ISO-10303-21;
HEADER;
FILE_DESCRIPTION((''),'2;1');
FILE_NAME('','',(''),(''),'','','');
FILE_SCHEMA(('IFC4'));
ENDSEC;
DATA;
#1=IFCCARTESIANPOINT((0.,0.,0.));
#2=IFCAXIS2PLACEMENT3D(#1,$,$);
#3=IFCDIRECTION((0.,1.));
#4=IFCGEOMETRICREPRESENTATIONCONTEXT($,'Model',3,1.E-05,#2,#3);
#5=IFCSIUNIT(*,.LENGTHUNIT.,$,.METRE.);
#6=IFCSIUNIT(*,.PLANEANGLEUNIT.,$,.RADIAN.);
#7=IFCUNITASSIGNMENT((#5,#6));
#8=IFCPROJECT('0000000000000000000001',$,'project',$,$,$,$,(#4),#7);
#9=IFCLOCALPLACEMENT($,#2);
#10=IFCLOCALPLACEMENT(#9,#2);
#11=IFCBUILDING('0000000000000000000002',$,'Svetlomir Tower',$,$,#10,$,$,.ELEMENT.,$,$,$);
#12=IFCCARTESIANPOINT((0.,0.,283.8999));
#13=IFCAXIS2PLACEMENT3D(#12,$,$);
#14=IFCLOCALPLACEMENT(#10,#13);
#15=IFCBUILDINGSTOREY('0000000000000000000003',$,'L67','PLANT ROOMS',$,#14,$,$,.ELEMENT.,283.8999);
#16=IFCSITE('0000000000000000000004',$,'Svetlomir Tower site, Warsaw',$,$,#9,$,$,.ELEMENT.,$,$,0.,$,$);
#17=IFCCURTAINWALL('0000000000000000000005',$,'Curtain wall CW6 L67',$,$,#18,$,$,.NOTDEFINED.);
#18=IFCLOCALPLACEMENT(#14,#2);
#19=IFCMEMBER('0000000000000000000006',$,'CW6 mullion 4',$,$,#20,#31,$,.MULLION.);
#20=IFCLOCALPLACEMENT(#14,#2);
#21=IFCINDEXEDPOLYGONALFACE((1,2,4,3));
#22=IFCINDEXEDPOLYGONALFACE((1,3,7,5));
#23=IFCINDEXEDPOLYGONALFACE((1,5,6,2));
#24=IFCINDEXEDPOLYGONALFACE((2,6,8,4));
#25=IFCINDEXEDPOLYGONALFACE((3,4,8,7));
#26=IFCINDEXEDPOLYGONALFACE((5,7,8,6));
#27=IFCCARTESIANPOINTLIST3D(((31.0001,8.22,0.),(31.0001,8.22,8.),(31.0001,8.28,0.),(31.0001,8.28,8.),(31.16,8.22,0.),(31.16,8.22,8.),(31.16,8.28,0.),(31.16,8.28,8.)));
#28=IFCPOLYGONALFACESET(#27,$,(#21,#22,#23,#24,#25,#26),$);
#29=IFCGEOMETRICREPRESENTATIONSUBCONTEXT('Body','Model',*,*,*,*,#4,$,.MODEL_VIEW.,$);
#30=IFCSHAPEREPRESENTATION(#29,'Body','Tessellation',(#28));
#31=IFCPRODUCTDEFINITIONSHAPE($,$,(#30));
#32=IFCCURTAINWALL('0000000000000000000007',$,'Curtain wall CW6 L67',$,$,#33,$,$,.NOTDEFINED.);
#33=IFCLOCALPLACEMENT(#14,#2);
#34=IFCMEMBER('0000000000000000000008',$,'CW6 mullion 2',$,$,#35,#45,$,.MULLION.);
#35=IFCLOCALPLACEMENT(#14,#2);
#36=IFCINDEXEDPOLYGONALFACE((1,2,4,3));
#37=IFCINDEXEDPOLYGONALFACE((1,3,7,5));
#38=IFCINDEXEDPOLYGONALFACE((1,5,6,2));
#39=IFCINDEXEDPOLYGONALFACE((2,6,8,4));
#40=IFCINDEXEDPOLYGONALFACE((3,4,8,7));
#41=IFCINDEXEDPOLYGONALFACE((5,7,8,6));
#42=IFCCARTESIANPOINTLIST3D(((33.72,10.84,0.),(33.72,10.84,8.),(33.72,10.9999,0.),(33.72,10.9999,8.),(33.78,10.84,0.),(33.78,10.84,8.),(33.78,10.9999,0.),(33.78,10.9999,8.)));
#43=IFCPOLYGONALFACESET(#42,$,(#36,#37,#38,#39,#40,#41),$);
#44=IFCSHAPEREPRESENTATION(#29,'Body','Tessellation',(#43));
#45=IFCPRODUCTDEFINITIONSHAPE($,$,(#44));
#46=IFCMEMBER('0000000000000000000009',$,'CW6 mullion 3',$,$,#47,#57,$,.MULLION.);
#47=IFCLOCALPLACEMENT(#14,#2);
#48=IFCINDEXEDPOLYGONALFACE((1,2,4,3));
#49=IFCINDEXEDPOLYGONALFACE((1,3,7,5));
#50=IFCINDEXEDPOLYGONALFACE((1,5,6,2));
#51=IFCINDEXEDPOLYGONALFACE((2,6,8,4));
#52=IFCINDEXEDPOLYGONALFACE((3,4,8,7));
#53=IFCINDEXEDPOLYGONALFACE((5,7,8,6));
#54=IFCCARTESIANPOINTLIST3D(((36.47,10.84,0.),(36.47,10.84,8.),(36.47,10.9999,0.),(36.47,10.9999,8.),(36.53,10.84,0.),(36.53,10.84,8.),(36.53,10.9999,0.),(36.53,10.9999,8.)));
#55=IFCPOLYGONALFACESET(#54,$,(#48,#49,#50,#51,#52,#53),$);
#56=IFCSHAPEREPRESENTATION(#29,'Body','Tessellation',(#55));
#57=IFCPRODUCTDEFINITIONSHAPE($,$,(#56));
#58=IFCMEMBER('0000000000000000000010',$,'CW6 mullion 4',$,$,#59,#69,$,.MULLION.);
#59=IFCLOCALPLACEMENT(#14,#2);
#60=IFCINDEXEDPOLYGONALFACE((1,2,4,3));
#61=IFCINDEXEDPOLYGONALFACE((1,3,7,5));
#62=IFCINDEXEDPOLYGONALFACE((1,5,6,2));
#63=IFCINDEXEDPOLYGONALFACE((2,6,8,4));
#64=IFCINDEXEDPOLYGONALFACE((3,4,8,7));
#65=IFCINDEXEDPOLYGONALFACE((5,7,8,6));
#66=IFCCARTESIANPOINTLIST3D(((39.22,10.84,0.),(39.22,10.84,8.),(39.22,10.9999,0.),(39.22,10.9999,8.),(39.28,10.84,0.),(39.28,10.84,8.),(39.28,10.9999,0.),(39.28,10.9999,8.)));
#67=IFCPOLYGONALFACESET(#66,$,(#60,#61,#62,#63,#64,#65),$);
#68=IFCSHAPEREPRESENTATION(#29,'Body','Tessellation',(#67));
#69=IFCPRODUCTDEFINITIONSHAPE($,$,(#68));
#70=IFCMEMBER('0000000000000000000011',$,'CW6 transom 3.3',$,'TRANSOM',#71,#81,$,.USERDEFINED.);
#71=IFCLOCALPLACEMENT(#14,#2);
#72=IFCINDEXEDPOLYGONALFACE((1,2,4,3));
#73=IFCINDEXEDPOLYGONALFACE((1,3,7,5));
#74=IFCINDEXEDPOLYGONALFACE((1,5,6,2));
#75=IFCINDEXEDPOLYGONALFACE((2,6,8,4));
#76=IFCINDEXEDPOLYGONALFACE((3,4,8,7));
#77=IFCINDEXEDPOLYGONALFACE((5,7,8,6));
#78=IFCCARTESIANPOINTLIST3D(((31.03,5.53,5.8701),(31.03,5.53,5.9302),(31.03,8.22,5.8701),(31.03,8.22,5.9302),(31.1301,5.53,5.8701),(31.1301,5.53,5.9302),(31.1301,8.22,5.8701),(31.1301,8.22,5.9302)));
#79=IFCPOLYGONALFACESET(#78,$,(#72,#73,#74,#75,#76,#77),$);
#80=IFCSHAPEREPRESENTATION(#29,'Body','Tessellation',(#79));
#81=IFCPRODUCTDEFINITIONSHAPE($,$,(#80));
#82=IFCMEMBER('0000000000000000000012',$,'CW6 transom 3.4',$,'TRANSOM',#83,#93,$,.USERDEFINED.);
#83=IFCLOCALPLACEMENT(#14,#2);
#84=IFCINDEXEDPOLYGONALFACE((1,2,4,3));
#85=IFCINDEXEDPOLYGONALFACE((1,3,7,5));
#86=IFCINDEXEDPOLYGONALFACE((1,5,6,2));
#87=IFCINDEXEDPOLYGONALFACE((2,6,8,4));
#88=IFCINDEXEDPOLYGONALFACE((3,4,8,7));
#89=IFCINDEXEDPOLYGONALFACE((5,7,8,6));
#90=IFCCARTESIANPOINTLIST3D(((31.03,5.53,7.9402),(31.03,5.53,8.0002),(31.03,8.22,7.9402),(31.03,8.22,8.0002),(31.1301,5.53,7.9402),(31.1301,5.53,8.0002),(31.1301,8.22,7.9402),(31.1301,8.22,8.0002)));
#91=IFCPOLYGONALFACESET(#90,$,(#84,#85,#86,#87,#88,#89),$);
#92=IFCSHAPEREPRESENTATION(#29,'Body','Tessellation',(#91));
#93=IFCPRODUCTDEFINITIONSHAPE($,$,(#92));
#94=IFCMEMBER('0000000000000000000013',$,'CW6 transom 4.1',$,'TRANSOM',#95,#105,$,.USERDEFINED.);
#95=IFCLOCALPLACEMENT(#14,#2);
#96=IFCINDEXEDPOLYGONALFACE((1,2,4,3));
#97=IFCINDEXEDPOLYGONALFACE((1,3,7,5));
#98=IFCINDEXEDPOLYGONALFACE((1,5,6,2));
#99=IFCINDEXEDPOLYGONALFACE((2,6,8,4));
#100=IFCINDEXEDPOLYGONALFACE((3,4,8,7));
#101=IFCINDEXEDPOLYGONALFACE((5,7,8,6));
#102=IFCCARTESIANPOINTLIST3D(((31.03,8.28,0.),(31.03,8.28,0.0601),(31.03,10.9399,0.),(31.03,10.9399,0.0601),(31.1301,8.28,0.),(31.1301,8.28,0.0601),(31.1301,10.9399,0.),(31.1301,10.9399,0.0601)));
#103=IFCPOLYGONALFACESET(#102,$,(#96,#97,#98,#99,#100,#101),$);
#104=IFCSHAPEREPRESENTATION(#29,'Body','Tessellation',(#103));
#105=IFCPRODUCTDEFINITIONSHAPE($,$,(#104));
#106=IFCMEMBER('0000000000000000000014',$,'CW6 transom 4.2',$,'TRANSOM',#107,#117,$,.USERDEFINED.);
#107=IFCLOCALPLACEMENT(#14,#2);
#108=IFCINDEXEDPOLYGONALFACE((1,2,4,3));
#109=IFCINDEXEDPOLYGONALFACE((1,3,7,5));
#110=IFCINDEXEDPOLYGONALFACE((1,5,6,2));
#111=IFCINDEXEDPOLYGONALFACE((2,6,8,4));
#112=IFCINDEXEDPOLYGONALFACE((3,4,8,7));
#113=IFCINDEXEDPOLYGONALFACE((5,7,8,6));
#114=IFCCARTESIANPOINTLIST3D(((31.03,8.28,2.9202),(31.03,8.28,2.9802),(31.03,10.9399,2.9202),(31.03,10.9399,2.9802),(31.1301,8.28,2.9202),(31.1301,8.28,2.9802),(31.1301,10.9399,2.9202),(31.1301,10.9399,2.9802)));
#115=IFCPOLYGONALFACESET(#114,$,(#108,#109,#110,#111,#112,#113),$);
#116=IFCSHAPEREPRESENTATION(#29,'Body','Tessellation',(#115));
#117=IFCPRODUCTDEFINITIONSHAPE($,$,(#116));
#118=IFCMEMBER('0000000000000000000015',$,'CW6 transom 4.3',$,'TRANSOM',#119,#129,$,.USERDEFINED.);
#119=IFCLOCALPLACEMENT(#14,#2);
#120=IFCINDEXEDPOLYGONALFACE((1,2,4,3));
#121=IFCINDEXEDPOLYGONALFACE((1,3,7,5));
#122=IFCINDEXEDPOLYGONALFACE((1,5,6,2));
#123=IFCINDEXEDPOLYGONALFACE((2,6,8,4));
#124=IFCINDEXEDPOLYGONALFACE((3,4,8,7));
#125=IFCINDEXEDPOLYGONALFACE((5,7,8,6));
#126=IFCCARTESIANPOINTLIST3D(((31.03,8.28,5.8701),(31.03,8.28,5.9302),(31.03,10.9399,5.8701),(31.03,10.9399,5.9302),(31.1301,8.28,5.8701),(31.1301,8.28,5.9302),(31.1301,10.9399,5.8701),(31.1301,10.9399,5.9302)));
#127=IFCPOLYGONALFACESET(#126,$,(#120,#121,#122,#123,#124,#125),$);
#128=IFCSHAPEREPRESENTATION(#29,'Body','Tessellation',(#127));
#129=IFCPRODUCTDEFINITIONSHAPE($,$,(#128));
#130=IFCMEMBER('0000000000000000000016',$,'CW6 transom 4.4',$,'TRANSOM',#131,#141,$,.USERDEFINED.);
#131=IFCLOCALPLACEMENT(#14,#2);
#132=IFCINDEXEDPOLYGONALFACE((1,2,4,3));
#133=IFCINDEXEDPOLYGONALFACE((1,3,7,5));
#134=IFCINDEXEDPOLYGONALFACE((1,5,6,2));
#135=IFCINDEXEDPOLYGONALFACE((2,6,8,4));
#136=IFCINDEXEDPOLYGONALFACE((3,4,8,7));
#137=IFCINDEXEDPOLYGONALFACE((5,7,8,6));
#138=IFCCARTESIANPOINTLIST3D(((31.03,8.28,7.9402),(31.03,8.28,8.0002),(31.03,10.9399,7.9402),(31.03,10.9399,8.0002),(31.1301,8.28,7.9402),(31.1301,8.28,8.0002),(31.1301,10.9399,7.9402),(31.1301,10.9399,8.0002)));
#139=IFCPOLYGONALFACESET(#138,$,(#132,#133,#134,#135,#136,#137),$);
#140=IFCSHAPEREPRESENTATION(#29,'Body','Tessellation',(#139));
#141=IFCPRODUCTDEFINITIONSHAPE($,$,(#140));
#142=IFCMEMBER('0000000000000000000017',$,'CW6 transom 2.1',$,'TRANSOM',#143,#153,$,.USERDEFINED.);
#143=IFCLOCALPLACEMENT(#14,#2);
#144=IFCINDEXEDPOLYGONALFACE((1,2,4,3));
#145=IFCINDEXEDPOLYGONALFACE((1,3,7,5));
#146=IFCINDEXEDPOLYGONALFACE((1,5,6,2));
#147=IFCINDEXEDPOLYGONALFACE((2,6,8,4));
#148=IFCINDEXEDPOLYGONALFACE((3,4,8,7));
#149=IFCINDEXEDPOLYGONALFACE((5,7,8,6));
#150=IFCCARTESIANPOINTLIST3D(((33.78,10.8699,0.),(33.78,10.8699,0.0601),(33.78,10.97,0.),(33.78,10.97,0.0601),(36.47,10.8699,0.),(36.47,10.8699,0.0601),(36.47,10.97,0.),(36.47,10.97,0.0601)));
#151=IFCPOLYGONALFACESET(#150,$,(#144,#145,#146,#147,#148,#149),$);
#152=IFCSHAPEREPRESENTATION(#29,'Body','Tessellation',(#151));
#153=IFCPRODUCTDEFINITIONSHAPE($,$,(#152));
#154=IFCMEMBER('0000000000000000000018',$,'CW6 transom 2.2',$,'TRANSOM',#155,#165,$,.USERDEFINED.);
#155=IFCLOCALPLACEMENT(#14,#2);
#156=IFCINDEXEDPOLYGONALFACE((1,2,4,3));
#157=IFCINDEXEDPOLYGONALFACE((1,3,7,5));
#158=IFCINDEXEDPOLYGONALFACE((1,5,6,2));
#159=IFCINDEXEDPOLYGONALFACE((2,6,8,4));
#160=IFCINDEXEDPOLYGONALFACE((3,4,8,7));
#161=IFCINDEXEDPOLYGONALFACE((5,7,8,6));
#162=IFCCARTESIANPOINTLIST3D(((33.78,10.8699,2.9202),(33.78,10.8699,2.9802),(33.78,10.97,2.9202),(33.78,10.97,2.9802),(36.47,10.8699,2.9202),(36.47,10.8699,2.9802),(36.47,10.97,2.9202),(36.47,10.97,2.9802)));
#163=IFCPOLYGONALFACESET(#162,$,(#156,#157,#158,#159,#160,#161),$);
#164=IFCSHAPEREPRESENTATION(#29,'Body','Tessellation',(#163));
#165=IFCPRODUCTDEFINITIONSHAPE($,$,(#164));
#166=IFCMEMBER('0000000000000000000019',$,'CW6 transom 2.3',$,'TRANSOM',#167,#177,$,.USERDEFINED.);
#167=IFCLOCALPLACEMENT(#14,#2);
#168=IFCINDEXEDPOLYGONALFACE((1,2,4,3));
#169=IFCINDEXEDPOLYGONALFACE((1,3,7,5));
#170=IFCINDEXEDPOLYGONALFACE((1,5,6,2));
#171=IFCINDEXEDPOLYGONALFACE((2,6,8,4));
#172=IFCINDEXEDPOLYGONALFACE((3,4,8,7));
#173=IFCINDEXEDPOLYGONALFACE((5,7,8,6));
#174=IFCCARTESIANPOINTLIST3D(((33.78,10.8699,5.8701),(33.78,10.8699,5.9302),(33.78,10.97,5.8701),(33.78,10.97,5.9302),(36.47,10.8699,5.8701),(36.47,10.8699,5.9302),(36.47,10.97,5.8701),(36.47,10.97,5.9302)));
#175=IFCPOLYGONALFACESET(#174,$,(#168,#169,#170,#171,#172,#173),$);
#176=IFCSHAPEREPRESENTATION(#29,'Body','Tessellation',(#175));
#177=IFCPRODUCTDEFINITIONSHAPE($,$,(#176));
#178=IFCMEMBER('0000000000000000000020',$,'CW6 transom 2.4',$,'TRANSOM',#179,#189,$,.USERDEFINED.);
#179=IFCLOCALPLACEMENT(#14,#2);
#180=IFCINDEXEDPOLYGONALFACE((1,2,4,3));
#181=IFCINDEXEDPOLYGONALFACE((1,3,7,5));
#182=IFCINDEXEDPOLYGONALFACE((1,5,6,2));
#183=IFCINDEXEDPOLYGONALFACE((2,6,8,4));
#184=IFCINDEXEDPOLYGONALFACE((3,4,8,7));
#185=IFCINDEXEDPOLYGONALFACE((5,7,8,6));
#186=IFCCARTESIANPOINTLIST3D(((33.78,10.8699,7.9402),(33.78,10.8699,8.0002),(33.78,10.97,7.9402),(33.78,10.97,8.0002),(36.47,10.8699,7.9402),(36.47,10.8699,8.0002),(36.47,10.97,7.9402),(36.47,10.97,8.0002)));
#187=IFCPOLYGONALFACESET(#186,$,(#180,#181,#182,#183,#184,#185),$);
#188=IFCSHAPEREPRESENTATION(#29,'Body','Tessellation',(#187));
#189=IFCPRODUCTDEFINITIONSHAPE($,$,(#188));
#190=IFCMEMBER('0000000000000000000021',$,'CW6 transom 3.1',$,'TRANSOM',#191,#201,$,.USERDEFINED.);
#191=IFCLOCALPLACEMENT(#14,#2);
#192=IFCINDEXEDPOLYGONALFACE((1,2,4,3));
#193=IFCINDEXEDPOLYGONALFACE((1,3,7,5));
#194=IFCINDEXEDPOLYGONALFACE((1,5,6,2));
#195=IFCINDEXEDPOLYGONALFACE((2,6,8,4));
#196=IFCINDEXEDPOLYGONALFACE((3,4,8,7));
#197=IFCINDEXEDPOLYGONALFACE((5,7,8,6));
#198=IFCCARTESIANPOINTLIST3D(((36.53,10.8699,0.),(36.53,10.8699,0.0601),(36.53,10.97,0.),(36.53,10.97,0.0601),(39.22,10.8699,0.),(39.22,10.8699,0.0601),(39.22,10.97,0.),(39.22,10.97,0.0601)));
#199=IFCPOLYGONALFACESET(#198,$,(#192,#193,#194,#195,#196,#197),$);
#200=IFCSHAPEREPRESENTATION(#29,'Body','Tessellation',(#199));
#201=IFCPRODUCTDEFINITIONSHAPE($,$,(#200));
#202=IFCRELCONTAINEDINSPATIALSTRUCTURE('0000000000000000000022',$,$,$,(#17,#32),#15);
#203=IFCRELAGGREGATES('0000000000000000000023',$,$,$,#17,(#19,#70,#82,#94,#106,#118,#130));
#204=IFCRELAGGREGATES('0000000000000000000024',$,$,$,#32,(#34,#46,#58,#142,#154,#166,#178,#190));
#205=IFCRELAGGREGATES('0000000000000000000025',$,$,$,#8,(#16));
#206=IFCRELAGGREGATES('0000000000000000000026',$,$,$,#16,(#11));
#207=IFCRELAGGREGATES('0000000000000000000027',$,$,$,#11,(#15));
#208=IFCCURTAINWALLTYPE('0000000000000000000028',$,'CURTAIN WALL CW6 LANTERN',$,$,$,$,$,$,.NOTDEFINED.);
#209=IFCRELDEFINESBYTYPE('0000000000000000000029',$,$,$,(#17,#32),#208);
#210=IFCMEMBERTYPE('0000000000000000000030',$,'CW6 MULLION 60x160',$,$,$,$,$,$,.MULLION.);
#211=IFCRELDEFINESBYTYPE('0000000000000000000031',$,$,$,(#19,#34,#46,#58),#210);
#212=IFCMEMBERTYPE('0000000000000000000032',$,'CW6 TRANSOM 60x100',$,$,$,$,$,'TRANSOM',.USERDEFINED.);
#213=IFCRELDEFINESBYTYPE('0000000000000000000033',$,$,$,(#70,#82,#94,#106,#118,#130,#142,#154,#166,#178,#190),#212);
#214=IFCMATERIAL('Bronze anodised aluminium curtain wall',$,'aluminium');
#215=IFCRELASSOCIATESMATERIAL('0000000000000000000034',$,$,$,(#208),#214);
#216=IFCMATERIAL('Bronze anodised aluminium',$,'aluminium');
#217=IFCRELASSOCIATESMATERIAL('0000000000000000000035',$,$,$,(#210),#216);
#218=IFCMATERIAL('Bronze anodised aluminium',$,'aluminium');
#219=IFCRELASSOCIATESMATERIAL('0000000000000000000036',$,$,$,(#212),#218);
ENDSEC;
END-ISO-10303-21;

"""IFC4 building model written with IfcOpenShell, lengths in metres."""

from ifc_helpers import new_model, si_unit, direction, frame, origin, origin_2d, place, context, subcontext, project, spatial, rectangle, extrude, material, material_profile, profile_set, type_object, element, aggregate, save


model = new_model("IFC4")

# Units and contexts
model_context = context("Model", 3, precision=1e-05, world=origin(), true_north=direction((0.0, 1.0)))
body_context = subcontext(model_context, "Body", "Model", "MODEL_VIEW")
ifc_project = project(units=[si_unit("LENGTHUNIT", "METRE"), si_unit("PLANEANGLEUNIT", "RADIAN")], contexts=[model_context])

# Site, building, storey
site_placement = place(None, origin())
site = spatial("IfcSite", under=ifc_project, at=site_placement, Name="Svetlomir Tower site, Warsaw", CompositionType="ELEMENT", RefElevation=0.0)
building_placement = place(site_placement, origin())
building = spatial("IfcBuilding", under=site, at=building_placement, Name="Svetlomir Tower", CompositionType="ELEMENT")
storey_placement = place(building_placement, frame((0.0, 0.0, 283.8999)))
storey = spatial("IfcBuildingStorey", under=building, at=storey_placement, Name="L67", Description="PLANT ROOMS", CompositionType="ELEMENT", Elevation=283.8999)

# Curtain wall, member
ifc_material_1 = material(Name="Bronze anodised aluminium curtain wall", Category="aluminium")
curtain_wall_type = type_object("IfcCurtainWallType", Name="CURTAIN WALL CW6 LANTERN", PredefinedType="NOTDEFINED", material=ifc_material_1)
curtain_wall_1_placement = place(storey_placement, origin())
curtain_wall_1 = element("IfcCurtainWall", 1, at=curtain_wall_1_placement, inside=storey, type_object=curtain_wall_type, Name="Curtain wall CW6 L67", PredefinedType="NOTDEFINED")
ifc_material_2 = material(Name="Bronze anodised aluminium", Category="aluminium")
ifc_material_profile_1 = material_profile(ifc_material_2, rectangle(XDim=0.0601, YDim=0.1599, at=origin_2d()), Name="AL 60x160")
ifc_profile_set_1 = profile_set([ifc_material_profile_1], Name="Bronze anodised aluminium 6063-T6")
member_type_1 = type_object("IfcMemberType", Name="CW6 MULLION 60x160", PredefinedType="MULLION", material=ifc_profile_set_1)
member_1_placement = place(storey_placement, frame((31.0801, 8.25, 0.0), z_axis=(0.0, 0.0, 1.0), x_axis=(0.0, 1.0, 0.0)))
member_1 = element("IfcMember", 2, at=member_1_placement, type_object=member_type_1, Name="CW6 mullion 4", PredefinedType="MULLION", context=body_context, shape_type="SweptSolid", body=[
    extrude(rectangle(XDim=0.0601, YDim=0.1599, at=origin_2d()), origin(), (0.0, 0.0, 1.0), 8.0),
])

# Curtain wall, members
curtain_wall_2_placement = place(storey_placement, origin())
curtain_wall_2 = element("IfcCurtainWall", 3, at=curtain_wall_2_placement, inside=storey, type_object=curtain_wall_type, Name="Curtain wall CW6 L67", PredefinedType="NOTDEFINED")
member_2_placement = place(storey_placement, frame((33.75, 10.9199, 0.0), z_axis=(0.0, 0.0, 1.0), x_axis=(1.0, 0.0, 0.0)))
member_2 = element("IfcMember", 4, at=member_2_placement, type_object=member_type_1, Name="CW6 mullion 2", PredefinedType="MULLION", context=body_context, shape_type="SweptSolid", body=[
    extrude(rectangle(XDim=0.0601, YDim=0.1599, at=origin_2d()), origin(), (0.0, 0.0, 1.0), 8.0),
])
member_3_placement = place(storey_placement, frame((36.5, 10.9199, 0.0), z_axis=(0.0, 0.0, 1.0), x_axis=(1.0, 0.0, 0.0)))
member_3 = element("IfcMember", 5, at=member_3_placement, type_object=member_type_1, Name="CW6 mullion 3", PredefinedType="MULLION", context=body_context, shape_type="SweptSolid", body=[
    extrude(rectangle(XDim=0.0601, YDim=0.1599, at=origin_2d()), origin(), (0.0, 0.0, 1.0), 8.0),
])
member_4_placement = place(storey_placement, frame((39.25, 10.9199, 0.0), z_axis=(0.0, 0.0, 1.0), x_axis=(1.0, 0.0, 0.0)))
member_4 = element("IfcMember", 6, at=member_4_placement, type_object=member_type_1, Name="CW6 mullion 4", PredefinedType="MULLION", context=body_context, shape_type="SweptSolid", body=[
    extrude(rectangle(XDim=0.0601, YDim=0.1599, at=origin_2d()), origin(), (0.0, 0.0, 1.0), 8.0),
])

# Members
ifc_material_3 = material(Name="Bronze anodised aluminium", Category="aluminium")
ifc_material_profile_2 = material_profile(ifc_material_3, rectangle(XDim=0.1001, YDim=0.0601, at=origin_2d()), Name="AL 100x60")
ifc_profile_set_2 = profile_set([ifc_material_profile_2], Name="Bronze anodised aluminium 6063-T6")
member_type_2 = type_object("IfcMemberType", Name="CW6 TRANSOM 60x100", ElementType="TRANSOM", PredefinedType="USERDEFINED", material=ifc_profile_set_2)
member_5_placement = place(storey_placement, frame((31.0801, 5.53, 5.9001), z_axis=(0.0, 1.0, 0.0), x_axis=(-1.0, 0.0, 0.0)))
member_5 = element("IfcMember", 7, at=member_5_placement, type_object=member_type_2, Name="CW6 transom 3.3", ObjectType="TRANSOM", PredefinedType="USERDEFINED", context=body_context, shape_type="SweptSolid", body=[
    extrude(rectangle(XDim=0.1001, YDim=0.0601, at=origin_2d()), origin(), (0.0, 0.0, 1.0), 2.6899),
])
member_6_placement = place(storey_placement, frame((31.0801, 5.53, 7.9702), z_axis=(0.0, 1.0, 0.0), x_axis=(-1.0, 0.0, 0.0)))
member_6 = element("IfcMember", 8, at=member_6_placement, type_object=member_type_2, Name="CW6 transom 3.4", ObjectType="TRANSOM", PredefinedType="USERDEFINED", context=body_context, shape_type="SweptSolid", body=[
    extrude(rectangle(XDim=0.1001, YDim=0.0601, at=origin_2d()), origin(), (0.0, 0.0, 1.0), 2.6899),
])
member_7_placement = place(storey_placement, frame((31.0801, 8.28, 0.03), z_axis=(0.0, 1.0, 0.0), x_axis=(-1.0, 0.0, 0.0)))
member_7 = element("IfcMember", 9, at=member_7_placement, type_object=member_type_2, Name="CW6 transom 4.1", ObjectType="TRANSOM", PredefinedType="USERDEFINED", context=body_context, shape_type="SweptSolid", body=[
    extrude(rectangle(XDim=0.1001, YDim=0.0601, at=origin_2d()), origin(), (0.0, 0.0, 1.0), 2.6599),
])
member_8_placement = place(storey_placement, frame((31.0801, 8.28, 2.9502), z_axis=(0.0, 1.0, 0.0), x_axis=(-1.0, 0.0, 0.0)))
member_8 = element("IfcMember", 10, at=member_8_placement, type_object=member_type_2, Name="CW6 transom 4.2", ObjectType="TRANSOM", PredefinedType="USERDEFINED", context=body_context, shape_type="SweptSolid", body=[
    extrude(rectangle(XDim=0.1001, YDim=0.0601, at=origin_2d()), origin(), (0.0, 0.0, 1.0), 2.6599),
])
member_9_placement = place(storey_placement, frame((31.0801, 8.28, 5.9001), z_axis=(0.0, 1.0, 0.0), x_axis=(-1.0, 0.0, 0.0)))
member_9 = element("IfcMember", 11, at=member_9_placement, type_object=member_type_2, Name="CW6 transom 4.3", ObjectType="TRANSOM", PredefinedType="USERDEFINED", context=body_context, shape_type="SweptSolid", body=[
    extrude(rectangle(XDim=0.1001, YDim=0.0601, at=origin_2d()), origin(), (0.0, 0.0, 1.0), 2.6599),
])
member_10_placement = place(storey_placement, frame((31.0801, 8.28, 7.9702), z_axis=(0.0, 1.0, 0.0), x_axis=(-1.0, 0.0, 0.0)))
member_10 = element("IfcMember", 12, at=member_10_placement, type_object=member_type_2, Name="CW6 transom 4.4", ObjectType="TRANSOM", PredefinedType="USERDEFINED", context=body_context, shape_type="SweptSolid", body=[
    extrude(rectangle(XDim=0.1001, YDim=0.0601, at=origin_2d()), origin(), (0.0, 0.0, 1.0), 2.6599),
])
member_11_placement = place(storey_placement, frame((33.78, 10.9199, 0.03), z_axis=(1.0, 0.0, 0.0), x_axis=(0.0, 1.0, 0.0)))
member_11 = element("IfcMember", 13, at=member_11_placement, type_object=member_type_2, Name="CW6 transom 2.1", ObjectType="TRANSOM", PredefinedType="USERDEFINED", context=body_context, shape_type="SweptSolid", body=[
    extrude(rectangle(XDim=0.1001, YDim=0.0601, at=origin_2d()), origin(), (0.0, 0.0, 1.0), 2.6899),
])
member_12_placement = place(storey_placement, frame((33.78, 10.9199, 2.9502), z_axis=(1.0, 0.0, 0.0), x_axis=(0.0, 1.0, 0.0)))
member_12 = element("IfcMember", 14, at=member_12_placement, type_object=member_type_2, Name="CW6 transom 2.2", ObjectType="TRANSOM", PredefinedType="USERDEFINED", context=body_context, shape_type="SweptSolid", body=[
    extrude(rectangle(XDim=0.1001, YDim=0.0601, at=origin_2d()), origin(), (0.0, 0.0, 1.0), 2.6899),
])
member_13_placement = place(storey_placement, frame((33.78, 10.9199, 5.9001), z_axis=(1.0, 0.0, 0.0), x_axis=(0.0, 1.0, 0.0)))
member_13 = element("IfcMember", 15, at=member_13_placement, type_object=member_type_2, Name="CW6 transom 2.3", ObjectType="TRANSOM", PredefinedType="USERDEFINED", context=body_context, shape_type="SweptSolid", body=[
    extrude(rectangle(XDim=0.1001, YDim=0.0601, at=origin_2d()), origin(), (0.0, 0.0, 1.0), 2.6899),
])
member_14_placement = place(storey_placement, frame((33.78, 10.9199, 7.9702), z_axis=(1.0, 0.0, 0.0), x_axis=(0.0, 1.0, 0.0)))
member_14 = element("IfcMember", 16, at=member_14_placement, type_object=member_type_2, Name="CW6 transom 2.4", ObjectType="TRANSOM", PredefinedType="USERDEFINED", context=body_context, shape_type="SweptSolid", body=[
    extrude(rectangle(XDim=0.1001, YDim=0.0601, at=origin_2d()), origin(), (0.0, 0.0, 1.0), 2.6899),
])
member_15_placement = place(storey_placement, frame((36.53, 10.9199, 0.03), z_axis=(1.0, 0.0, 0.0), x_axis=(0.0, 1.0, 0.0)))
member_15 = element("IfcMember", 17, at=member_15_placement, type_object=member_type_2, Name="CW6 transom 3.1", ObjectType="TRANSOM", PredefinedType="USERDEFINED", context=body_context, shape_type="SweptSolid", body=[
    extrude(rectangle(XDim=0.1001, YDim=0.0601, at=origin_2d()), origin(), (0.0, 0.0, 1.0), 2.6899),
])

aggregate(curtain_wall_1, [member_1, member_5, member_6, member_7, member_8, member_9, member_10])
aggregate(curtain_wall_2, [member_2, member_3, member_4, member_11, member_12, member_13, member_14, member_15])

save(model, "model.ifc")
